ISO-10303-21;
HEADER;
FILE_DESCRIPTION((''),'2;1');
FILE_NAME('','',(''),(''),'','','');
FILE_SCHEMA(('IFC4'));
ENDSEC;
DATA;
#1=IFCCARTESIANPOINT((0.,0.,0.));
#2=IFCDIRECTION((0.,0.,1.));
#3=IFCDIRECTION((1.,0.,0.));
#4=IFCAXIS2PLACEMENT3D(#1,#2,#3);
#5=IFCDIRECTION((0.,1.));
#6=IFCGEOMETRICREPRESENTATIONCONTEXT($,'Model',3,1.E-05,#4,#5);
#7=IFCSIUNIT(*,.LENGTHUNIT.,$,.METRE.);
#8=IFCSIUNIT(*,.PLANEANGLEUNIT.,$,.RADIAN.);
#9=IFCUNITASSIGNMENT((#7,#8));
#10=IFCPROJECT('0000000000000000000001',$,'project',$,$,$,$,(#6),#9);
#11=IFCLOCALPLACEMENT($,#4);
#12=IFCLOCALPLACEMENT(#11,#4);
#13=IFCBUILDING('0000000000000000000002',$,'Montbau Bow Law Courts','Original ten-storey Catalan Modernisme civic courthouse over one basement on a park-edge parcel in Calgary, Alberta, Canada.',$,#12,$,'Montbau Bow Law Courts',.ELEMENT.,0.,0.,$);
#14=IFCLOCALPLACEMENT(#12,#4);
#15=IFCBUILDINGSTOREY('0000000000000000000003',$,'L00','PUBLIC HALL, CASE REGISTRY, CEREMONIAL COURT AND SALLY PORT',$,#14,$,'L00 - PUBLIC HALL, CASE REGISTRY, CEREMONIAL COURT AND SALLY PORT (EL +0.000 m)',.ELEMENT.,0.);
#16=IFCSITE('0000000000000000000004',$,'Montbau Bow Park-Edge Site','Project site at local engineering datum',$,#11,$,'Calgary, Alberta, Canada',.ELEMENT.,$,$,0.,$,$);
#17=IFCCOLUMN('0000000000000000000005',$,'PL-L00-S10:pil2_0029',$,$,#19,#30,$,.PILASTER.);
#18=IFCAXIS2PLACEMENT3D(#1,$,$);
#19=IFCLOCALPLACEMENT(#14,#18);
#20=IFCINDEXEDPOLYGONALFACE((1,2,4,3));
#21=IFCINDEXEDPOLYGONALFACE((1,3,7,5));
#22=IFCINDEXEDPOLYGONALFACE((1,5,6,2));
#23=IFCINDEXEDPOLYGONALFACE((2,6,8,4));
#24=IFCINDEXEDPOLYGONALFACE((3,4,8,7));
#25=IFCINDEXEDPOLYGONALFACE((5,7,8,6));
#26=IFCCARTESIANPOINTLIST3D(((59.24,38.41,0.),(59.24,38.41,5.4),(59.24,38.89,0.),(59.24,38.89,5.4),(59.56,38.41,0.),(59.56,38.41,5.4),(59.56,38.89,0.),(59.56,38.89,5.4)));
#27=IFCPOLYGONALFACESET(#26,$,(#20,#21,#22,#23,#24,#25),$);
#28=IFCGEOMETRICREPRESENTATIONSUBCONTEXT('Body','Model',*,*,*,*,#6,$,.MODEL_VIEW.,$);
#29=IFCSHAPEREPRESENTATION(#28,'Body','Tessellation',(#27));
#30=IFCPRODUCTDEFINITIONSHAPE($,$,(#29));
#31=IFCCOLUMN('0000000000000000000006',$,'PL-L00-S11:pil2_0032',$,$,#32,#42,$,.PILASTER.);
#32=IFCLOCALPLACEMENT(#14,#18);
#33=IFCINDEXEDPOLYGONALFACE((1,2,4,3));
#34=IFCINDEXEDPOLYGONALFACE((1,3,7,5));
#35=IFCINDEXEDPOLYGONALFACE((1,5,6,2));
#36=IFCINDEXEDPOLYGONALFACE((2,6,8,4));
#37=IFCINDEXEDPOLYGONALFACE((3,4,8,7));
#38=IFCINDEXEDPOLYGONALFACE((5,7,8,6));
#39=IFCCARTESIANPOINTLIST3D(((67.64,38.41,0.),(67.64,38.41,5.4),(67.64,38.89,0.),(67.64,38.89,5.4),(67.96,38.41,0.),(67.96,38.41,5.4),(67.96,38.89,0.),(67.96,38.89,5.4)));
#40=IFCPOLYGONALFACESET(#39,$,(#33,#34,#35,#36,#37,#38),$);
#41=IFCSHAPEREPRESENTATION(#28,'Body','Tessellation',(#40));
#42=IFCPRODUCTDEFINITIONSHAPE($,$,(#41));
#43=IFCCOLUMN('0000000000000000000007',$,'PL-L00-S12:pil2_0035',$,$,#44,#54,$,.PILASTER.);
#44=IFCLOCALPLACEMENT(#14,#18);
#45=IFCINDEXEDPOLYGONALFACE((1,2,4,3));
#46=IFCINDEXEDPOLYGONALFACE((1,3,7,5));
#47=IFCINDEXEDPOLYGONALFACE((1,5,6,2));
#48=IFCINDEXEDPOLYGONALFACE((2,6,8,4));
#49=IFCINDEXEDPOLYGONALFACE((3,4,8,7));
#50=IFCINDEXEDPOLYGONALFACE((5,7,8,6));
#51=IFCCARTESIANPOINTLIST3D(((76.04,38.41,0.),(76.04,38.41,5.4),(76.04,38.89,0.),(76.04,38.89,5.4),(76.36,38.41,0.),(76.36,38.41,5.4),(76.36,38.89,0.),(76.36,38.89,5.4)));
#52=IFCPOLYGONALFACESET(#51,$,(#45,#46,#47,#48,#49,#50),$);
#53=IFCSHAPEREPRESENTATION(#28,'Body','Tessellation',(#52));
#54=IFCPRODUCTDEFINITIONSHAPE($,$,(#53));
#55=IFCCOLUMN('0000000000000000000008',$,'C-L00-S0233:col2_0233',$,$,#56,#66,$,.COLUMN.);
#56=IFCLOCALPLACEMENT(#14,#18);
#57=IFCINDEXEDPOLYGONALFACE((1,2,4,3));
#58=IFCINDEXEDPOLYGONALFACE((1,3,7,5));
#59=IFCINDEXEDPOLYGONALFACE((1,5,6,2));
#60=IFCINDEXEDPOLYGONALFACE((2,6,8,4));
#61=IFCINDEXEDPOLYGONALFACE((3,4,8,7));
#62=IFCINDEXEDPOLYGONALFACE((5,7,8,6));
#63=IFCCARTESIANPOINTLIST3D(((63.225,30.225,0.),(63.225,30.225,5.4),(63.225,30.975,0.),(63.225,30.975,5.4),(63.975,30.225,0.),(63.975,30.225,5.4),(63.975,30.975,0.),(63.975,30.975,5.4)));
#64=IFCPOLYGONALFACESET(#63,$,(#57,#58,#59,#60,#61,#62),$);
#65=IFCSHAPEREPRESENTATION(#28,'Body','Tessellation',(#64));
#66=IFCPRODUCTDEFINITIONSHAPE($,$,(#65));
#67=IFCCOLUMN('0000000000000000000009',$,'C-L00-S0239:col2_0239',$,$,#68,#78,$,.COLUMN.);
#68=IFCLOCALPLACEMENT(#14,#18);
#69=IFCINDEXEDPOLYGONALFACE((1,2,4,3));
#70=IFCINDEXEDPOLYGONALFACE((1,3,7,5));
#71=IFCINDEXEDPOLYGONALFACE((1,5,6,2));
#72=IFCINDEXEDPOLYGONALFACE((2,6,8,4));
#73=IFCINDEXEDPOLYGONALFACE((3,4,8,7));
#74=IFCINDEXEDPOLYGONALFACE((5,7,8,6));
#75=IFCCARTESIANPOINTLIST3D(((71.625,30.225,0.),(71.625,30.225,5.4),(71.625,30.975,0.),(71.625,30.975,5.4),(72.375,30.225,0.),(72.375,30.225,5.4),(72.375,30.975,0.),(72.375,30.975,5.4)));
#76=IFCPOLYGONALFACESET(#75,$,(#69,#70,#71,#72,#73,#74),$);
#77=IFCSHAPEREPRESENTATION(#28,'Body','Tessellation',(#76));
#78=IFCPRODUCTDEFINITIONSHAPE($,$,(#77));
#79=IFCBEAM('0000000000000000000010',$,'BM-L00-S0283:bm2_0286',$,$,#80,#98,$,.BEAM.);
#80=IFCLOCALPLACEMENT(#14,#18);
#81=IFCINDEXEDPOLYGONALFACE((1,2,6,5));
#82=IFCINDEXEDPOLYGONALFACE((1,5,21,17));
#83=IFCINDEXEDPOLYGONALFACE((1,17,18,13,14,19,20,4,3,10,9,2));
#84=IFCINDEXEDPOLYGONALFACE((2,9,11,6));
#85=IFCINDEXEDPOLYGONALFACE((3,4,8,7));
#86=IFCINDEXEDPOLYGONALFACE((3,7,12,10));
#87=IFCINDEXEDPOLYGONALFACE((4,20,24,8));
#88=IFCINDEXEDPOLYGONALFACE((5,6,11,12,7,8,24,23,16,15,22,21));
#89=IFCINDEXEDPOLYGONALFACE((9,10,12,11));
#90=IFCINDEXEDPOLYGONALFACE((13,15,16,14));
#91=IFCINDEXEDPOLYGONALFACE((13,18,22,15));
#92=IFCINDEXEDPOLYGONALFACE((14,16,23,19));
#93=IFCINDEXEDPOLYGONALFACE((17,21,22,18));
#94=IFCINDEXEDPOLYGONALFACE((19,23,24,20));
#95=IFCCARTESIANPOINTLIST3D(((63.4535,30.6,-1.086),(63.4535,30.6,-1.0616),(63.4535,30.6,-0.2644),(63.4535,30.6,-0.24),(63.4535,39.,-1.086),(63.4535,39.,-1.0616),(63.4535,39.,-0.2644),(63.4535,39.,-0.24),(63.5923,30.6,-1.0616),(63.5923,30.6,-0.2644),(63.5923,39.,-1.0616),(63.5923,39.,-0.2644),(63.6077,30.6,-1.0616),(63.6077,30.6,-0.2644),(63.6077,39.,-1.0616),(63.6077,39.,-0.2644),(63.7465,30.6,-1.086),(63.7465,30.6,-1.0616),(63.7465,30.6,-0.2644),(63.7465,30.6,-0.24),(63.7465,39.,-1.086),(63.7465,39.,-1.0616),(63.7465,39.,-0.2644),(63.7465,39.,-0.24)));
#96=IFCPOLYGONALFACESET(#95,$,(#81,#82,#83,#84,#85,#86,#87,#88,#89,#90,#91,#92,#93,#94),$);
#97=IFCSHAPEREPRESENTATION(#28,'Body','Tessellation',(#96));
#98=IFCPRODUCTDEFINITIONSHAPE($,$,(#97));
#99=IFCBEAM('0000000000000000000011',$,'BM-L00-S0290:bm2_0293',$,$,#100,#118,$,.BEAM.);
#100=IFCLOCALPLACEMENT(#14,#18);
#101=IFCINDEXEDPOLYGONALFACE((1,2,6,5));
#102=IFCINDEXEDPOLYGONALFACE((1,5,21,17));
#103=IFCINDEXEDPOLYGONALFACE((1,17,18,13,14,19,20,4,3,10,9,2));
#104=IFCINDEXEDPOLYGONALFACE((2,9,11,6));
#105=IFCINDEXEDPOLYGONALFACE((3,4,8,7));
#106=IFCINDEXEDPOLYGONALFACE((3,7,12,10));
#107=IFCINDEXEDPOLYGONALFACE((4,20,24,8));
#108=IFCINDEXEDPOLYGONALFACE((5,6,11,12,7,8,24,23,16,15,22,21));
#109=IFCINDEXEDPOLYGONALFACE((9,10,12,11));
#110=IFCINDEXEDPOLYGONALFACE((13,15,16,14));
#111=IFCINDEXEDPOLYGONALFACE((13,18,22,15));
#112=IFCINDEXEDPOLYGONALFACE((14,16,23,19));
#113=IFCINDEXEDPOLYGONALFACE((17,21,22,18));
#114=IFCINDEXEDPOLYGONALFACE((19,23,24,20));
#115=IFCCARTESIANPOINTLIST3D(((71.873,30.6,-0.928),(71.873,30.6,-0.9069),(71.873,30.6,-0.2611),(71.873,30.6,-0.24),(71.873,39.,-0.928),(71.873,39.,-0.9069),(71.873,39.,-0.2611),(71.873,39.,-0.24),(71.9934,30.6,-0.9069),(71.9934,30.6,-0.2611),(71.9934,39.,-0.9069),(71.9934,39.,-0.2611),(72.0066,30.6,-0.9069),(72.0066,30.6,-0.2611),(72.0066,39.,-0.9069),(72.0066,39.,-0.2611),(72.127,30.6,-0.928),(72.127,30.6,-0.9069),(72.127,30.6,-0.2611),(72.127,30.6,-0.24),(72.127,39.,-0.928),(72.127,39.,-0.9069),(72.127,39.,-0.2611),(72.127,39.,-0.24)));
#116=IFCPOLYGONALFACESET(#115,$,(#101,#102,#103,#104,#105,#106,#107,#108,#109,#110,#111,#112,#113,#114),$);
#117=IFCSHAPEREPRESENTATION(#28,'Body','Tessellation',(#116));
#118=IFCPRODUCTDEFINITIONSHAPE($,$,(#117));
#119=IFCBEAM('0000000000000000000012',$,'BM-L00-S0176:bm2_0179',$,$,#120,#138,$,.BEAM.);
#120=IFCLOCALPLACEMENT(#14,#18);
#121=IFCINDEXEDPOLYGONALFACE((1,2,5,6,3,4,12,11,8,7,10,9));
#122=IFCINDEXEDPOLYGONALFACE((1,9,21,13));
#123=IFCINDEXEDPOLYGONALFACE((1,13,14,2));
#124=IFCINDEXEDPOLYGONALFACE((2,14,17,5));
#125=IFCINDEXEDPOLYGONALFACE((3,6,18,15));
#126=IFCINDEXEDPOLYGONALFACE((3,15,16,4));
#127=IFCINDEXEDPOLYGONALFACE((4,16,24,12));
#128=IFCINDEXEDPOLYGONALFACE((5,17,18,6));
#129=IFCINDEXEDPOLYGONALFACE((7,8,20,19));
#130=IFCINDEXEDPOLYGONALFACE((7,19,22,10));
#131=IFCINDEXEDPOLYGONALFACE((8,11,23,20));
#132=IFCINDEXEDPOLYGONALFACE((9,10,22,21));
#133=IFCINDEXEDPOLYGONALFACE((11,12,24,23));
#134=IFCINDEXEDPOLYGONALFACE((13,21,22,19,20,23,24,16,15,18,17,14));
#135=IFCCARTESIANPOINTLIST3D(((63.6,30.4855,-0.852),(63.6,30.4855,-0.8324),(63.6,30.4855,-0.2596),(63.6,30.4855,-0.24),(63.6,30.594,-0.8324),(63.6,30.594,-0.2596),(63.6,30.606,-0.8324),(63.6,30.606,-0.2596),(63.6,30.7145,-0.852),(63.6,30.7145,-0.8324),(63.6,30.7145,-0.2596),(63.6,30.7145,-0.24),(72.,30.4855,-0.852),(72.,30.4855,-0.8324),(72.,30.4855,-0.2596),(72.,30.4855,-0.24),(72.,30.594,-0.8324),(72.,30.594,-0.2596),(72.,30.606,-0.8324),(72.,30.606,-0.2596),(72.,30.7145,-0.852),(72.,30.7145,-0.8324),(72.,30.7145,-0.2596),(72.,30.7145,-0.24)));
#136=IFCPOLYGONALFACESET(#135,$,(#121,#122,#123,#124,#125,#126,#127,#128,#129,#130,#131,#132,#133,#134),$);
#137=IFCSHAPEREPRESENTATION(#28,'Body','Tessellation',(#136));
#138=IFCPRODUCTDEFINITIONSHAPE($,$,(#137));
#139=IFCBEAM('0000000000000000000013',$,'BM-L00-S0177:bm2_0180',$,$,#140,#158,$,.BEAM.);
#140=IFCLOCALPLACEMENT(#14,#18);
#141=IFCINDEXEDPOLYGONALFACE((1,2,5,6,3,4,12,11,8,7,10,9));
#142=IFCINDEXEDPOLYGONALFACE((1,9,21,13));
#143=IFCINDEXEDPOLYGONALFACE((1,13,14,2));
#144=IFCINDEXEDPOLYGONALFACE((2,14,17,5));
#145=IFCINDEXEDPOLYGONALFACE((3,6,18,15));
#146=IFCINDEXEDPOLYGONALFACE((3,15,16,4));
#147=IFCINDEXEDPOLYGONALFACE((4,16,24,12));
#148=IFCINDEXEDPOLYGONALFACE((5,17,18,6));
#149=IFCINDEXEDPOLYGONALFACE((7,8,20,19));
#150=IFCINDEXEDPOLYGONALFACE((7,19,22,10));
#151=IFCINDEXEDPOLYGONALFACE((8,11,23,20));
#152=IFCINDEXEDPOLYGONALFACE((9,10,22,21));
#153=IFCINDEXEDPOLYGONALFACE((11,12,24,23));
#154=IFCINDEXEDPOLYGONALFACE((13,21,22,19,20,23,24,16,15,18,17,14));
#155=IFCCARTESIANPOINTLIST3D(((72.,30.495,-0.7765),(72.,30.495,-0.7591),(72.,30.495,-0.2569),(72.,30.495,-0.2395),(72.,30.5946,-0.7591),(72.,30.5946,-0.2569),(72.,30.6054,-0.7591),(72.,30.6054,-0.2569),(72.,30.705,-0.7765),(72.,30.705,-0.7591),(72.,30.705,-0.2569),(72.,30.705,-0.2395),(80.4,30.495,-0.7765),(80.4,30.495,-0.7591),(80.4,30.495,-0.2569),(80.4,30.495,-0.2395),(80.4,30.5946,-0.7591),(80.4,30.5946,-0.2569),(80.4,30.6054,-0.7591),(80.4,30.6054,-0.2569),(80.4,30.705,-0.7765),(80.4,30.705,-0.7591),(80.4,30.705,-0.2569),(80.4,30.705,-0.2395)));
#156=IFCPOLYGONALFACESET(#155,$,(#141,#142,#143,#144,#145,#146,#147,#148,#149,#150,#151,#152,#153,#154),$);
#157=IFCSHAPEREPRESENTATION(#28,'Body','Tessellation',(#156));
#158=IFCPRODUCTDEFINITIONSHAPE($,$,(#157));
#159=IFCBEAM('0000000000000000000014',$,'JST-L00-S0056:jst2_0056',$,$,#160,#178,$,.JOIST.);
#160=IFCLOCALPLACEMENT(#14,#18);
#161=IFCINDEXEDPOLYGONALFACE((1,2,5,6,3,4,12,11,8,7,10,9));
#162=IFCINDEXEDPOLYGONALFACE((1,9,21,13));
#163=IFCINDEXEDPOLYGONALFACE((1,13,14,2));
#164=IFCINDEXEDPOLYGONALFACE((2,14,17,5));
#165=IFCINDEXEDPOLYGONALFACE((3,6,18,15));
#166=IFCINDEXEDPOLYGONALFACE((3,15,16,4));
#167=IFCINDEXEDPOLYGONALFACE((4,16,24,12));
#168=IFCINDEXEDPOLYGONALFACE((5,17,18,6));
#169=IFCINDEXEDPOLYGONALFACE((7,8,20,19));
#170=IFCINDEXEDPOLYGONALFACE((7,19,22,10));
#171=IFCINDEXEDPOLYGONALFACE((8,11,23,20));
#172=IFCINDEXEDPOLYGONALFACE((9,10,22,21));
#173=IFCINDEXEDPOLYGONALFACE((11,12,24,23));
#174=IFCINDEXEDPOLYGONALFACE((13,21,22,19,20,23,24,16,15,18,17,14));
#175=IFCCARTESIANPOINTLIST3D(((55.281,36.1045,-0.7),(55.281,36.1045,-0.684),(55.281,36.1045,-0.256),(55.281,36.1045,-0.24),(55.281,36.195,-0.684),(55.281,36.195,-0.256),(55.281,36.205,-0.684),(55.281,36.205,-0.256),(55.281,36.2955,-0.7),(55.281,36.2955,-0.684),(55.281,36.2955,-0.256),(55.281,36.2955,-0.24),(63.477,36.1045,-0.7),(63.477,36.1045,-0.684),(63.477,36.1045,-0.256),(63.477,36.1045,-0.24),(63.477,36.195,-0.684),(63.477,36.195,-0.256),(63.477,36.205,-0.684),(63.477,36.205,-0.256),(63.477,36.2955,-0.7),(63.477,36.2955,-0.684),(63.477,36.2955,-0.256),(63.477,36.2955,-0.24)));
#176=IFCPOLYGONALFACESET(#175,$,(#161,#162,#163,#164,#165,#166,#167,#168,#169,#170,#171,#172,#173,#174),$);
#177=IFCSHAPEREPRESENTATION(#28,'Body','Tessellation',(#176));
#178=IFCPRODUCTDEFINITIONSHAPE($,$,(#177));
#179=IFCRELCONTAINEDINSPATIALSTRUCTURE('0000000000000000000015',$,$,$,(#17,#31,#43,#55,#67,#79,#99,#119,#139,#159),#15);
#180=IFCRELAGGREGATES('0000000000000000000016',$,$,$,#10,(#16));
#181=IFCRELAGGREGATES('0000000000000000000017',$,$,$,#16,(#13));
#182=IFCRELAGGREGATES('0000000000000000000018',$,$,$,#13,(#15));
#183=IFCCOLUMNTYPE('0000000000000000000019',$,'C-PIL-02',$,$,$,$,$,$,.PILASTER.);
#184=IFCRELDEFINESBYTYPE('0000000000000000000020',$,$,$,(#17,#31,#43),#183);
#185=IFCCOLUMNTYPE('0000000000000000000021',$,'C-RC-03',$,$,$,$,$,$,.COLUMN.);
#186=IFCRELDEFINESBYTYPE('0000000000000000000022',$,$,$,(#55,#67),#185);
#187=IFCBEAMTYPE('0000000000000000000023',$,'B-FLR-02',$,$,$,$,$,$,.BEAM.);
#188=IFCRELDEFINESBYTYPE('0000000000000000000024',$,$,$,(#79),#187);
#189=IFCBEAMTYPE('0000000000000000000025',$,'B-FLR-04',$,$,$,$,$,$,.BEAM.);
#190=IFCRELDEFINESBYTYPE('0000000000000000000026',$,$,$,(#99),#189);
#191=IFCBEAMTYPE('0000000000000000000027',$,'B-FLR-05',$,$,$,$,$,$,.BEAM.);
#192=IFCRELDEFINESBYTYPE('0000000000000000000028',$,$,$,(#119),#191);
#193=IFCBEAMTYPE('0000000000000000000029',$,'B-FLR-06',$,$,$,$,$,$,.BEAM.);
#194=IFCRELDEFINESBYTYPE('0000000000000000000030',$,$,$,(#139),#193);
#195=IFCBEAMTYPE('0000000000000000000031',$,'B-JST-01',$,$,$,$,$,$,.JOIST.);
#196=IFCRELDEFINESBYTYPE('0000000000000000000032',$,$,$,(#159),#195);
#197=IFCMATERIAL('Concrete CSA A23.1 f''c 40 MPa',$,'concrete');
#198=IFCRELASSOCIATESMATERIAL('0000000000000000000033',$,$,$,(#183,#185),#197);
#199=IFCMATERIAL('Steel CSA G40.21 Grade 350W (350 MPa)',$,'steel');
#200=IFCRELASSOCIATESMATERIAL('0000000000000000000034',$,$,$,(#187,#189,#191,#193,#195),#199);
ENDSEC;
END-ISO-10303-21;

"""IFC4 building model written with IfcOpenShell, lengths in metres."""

from ifc_helpers import new_model, si_unit, direction, frame, origin_with_axes, origin_2d_with_axis, place, context, subcontext, project, spatial, rectangle, i_section, extrude, material, material_profile, profile_set, type_object, element, save


model = new_model("IFC4")

# Units and contexts
model_context = context("Model", 3, precision=1e-05, world=origin_with_axes(), true_north=direction((0.0, 1.0)))
body_context = subcontext(model_context, "Body", "Model", "MODEL_VIEW")
ifc_project = project(units=[si_unit("LENGTHUNIT", "METRE"), si_unit("PLANEANGLEUNIT", "RADIAN")], contexts=[model_context])

# Site, building, storey
site_placement = place(None, origin_with_axes())
site = spatial("IfcSite", under=ifc_project, at=site_placement, Name="Montbau Bow Park-Edge Site", Description="Project site at local engineering datum", LongName="Calgary, Alberta, Canada", CompositionType="ELEMENT", RefElevation=0.0)
building_placement = place(site_placement, origin_with_axes())
building = spatial("IfcBuilding", under=site, at=building_placement, Name="Montbau Bow Law Courts", Description="Original ten-storey Catalan Modernisme civic courthouse over one basement on a park-edge parcel in Calgary, Alberta, Canada.", LongName="Montbau Bow Law Courts", CompositionType="ELEMENT", ElevationOfRefHeight=0.0, ElevationOfTerrain=0.0)
storey_placement = place(building_placement, origin_with_axes())
storey = spatial("IfcBuildingStorey", under=building, at=storey_placement, Name="L00", Description="PUBLIC HALL, CASE REGISTRY, CEREMONIAL COURT AND SALLY PORT", LongName="L00 - PUBLIC HALL, CASE REGISTRY, CEREMONIAL COURT AND SALLY PORT (EL +0.000 m)", CompositionType="ELEMENT", Elevation=0.0)

# Columns
ifc_material_1 = material(Name="Concrete CSA A23.1 f'c 40 MPa", Category="concrete")
ifc_material_profile_1 = material_profile(ifc_material_1, rectangle(XDim=0.32, YDim=0.48, at=origin_2d_with_axis()), Name="RC480X320", Category="Main", Priority=0)
ifc_profile_set_1 = profile_set([ifc_material_profile_1], Name="Concrete CSA A23.1 f'c 40 MPa")
column_type_1 = type_object("IfcColumnType", Name="C-PIL-02", PredefinedType="PILASTER", material=ifc_profile_set_1)
for number, where, z_axis, x_axis, name in (
    (1, (59.4, 38.65, 0.0), (0.0, 0.0, 1.0), (1.0, 0.0, 0.0), "PL-L00-S10:pil2_0029"),
    (2, (67.8, 38.65, 0.0), (0.0, 0.0, 1.0), (1.0, 0.0, 0.0), "PL-L00-S11:pil2_0032"),
    (3, (76.2, 38.65, 0.0), (0.0, 0.0, 1.0), (1.0, 0.0, 0.0), "PL-L00-S12:pil2_0035"),
):
    element("IfcColumn", number, at=place(None, frame(where, z_axis=z_axis, x_axis=x_axis)), inside=storey, type_object=column_type_1, Name=name, PredefinedType="PILASTER", context=body_context, shape_type="SweptSolid", body=[
        extrude(rectangle(XDim=0.32, YDim=0.48, at=origin_2d_with_axis()), origin_with_axes(), (0.0, 0.0, 1.0), 5.4),
    ])
ifc_material_profile_2 = material_profile(ifc_material_1, rectangle(XDim=0.75, YDim=0.75, at=origin_2d_with_axis()), Name="RC750X750", Category="Main", Priority=0)
ifc_profile_set_2 = profile_set([ifc_material_profile_2], Name="Concrete CSA A23.1 f'c 40 MPa")
column_type_2 = type_object("IfcColumnType", Name="C-RC-03", PredefinedType="COLUMN", material=ifc_profile_set_2)
for number, where, z_axis, x_axis, name in (
    (4, (63.6, 30.6, 0.0), (0.0, 0.0, 1.0), (1.0, 0.0, 0.0), "C-L00-S0233:col2_0233"),
    (5, (72.0, 30.6, 0.0), (0.0, 0.0, 1.0), (1.0, 0.0, 0.0), "C-L00-S0239:col2_0239"),
):
    element("IfcColumn", number, at=place(None, frame(where, z_axis=z_axis, x_axis=x_axis)), inside=storey, type_object=column_type_2, Name=name, PredefinedType="COLUMN", context=body_context, shape_type="SweptSolid", body=[
        extrude(rectangle(XDim=0.75, YDim=0.75, at=origin_2d_with_axis()), origin_with_axes(), (0.0, 0.0, 1.0), 5.4),
    ])

# Beams
ifc_material_2 = material(Name="Steel CSA G40.21 Grade 350W (350 MPa)", Category="steel")
ifc_material_profile_3 = material_profile(ifc_material_2, i_section(OverallWidth=0.293, OverallDepth=0.846, WebThickness=0.0154, FlangeThickness=0.0244, at=origin_2d_with_axis()), Name="W840X210", Category="Main", Priority=0)
ifc_profile_set_3 = profile_set([ifc_material_profile_3], Name="Steel CSA G40.21 Grade 350W (350 MPa)")
beam_type_1 = type_object("IfcBeamType", Name="B-FLR-02", PredefinedType="BEAM", material=ifc_profile_set_3)
beam_1_placement = place(None, frame((63.6, 30.6, -0.663), z_axis=(0.0, 1.0, 0.0), x_axis=(-1.0, 0.0, 0.0)))
element("IfcBeam", 6, at=beam_1_placement, inside=storey, type_object=beam_type_1, Name="BM-L00-S0283:bm2_0286", PredefinedType="BEAM", context=body_context, shape_type="SweptSolid", body=[
    extrude(i_section(OverallWidth=0.293, OverallDepth=0.846, WebThickness=0.0154, FlangeThickness=0.0244, at=origin_2d_with_axis()), origin_with_axes(), (0.0, 0.0, 1.0), 8.4),
])
ifc_material_profile_4 = material_profile(ifc_material_2, i_section(OverallWidth=0.254, OverallDepth=0.688, WebThickness=0.0131, FlangeThickness=0.0211, at=origin_2d_with_axis()), Name="W690X152", Category="Main", Priority=0)
ifc_profile_set_4 = profile_set([ifc_material_profile_4], Name="Steel CSA G40.21 Grade 350W (350 MPa)")
beam_type_2 = type_object("IfcBeamType", Name="B-FLR-04", PredefinedType="BEAM", material=ifc_profile_set_4)
beam_2_placement = place(None, frame((72.0, 30.6, -0.584), z_axis=(0.0, 1.0, 0.0), x_axis=(-1.0, 0.0, 0.0)))
element("IfcBeam", 7, at=beam_2_placement, inside=storey, type_object=beam_type_2, Name="BM-L00-S0290:bm2_0293", PredefinedType="BEAM", context=body_context, shape_type="SweptSolid", body=[
    extrude(i_section(OverallWidth=0.254, OverallDepth=0.688, WebThickness=0.0131, FlangeThickness=0.0211, at=origin_2d_with_axis()), origin_with_axes(), (0.0, 0.0, 1.0), 8.4),
])
ifc_material_profile_5 = material_profile(ifc_material_2, i_section(OverallWidth=0.229, OverallDepth=0.612, WebThickness=0.0119, FlangeThickness=0.0196, at=origin_2d_with_axis()), Name="W610X125", Category="Main", Priority=0)
ifc_profile_set_5 = profile_set([ifc_material_profile_5], Name="Steel CSA G40.21 Grade 350W (350 MPa)")
beam_type_3 = type_object("IfcBeamType", Name="B-FLR-05", PredefinedType="BEAM", material=ifc_profile_set_5)
beam_3_placement = place(None, frame((63.6, 30.6, -0.546), z_axis=(1.0, 0.0, 0.0), x_axis=(0.0, 1.0, 0.0)))
element("IfcBeam", 8, at=beam_3_placement, inside=storey, type_object=beam_type_3, Name="BM-L00-S0176:bm2_0179", PredefinedType="BEAM", context=body_context, shape_type="SweptSolid", body=[
    extrude(i_section(OverallWidth=0.229, OverallDepth=0.612, WebThickness=0.0119, FlangeThickness=0.0196, at=origin_2d_with_axis()), origin_with_axes(), (0.0, 0.0, 1.0), 8.4),
])
ifc_material_profile_6 = material_profile(ifc_material_2, i_section(OverallWidth=0.21, OverallDepth=0.537, WebThickness=0.0109, FlangeThickness=0.0174, at=origin_2d_with_axis()), Name="W530X101", Category="Main", Priority=0)
ifc_profile_set_6 = profile_set([ifc_material_profile_6], Name="Steel CSA G40.21 Grade 350W (350 MPa)")
beam_type_4 = type_object("IfcBeamType", Name="B-FLR-06", PredefinedType="BEAM", material=ifc_profile_set_6)
beam_4_placement = place(None, frame((72.0, 30.6, -0.508), z_axis=(1.0, 0.0, 0.0), x_axis=(0.0, 1.0, 0.0)))
element("IfcBeam", 9, at=beam_4_placement, inside=storey, type_object=beam_type_4, Name="BM-L00-S0177:bm2_0180", PredefinedType="BEAM", context=body_context, shape_type="SweptSolid", body=[
    extrude(i_section(OverallWidth=0.21, OverallDepth=0.537, WebThickness=0.0109, FlangeThickness=0.0174, at=origin_2d_with_axis()), origin_with_axes(), (0.0, 0.0, 1.0), 8.4),
])
ifc_material_profile_7 = material_profile(ifc_material_2, i_section(OverallWidth=0.191, OverallDepth=0.46, WebThickness=0.0099, FlangeThickness=0.016, at=origin_2d_with_axis()), Name="W460X82", Category="Main", Priority=0)
ifc_profile_set_7 = profile_set([ifc_material_profile_7], Name="Steel CSA G40.21 Grade 350W (350 MPa)")
beam_type_5 = type_object("IfcBeamType", Name="B-JST-01", PredefinedType="JOIST", material=ifc_profile_set_7)
beam_5_placement = place(None, frame((55.281, 36.2, -0.47), z_axis=(1.0, 0.0, 0.0), x_axis=(0.0, 1.0, 0.0)))
element("IfcBeam", 10, at=beam_5_placement, inside=storey, type_object=beam_type_5, Name="JST-L00-S0056:jst2_0056", PredefinedType="JOIST", context=body_context, shape_type="SweptSolid", body=[
    extrude(i_section(OverallWidth=0.191, OverallDepth=0.46, WebThickness=0.0099, FlangeThickness=0.016, at=origin_2d_with_axis()), origin_with_axes(), (0.0, 0.0, 1.0), 8.196),
])

save(model, "model.ifc")
